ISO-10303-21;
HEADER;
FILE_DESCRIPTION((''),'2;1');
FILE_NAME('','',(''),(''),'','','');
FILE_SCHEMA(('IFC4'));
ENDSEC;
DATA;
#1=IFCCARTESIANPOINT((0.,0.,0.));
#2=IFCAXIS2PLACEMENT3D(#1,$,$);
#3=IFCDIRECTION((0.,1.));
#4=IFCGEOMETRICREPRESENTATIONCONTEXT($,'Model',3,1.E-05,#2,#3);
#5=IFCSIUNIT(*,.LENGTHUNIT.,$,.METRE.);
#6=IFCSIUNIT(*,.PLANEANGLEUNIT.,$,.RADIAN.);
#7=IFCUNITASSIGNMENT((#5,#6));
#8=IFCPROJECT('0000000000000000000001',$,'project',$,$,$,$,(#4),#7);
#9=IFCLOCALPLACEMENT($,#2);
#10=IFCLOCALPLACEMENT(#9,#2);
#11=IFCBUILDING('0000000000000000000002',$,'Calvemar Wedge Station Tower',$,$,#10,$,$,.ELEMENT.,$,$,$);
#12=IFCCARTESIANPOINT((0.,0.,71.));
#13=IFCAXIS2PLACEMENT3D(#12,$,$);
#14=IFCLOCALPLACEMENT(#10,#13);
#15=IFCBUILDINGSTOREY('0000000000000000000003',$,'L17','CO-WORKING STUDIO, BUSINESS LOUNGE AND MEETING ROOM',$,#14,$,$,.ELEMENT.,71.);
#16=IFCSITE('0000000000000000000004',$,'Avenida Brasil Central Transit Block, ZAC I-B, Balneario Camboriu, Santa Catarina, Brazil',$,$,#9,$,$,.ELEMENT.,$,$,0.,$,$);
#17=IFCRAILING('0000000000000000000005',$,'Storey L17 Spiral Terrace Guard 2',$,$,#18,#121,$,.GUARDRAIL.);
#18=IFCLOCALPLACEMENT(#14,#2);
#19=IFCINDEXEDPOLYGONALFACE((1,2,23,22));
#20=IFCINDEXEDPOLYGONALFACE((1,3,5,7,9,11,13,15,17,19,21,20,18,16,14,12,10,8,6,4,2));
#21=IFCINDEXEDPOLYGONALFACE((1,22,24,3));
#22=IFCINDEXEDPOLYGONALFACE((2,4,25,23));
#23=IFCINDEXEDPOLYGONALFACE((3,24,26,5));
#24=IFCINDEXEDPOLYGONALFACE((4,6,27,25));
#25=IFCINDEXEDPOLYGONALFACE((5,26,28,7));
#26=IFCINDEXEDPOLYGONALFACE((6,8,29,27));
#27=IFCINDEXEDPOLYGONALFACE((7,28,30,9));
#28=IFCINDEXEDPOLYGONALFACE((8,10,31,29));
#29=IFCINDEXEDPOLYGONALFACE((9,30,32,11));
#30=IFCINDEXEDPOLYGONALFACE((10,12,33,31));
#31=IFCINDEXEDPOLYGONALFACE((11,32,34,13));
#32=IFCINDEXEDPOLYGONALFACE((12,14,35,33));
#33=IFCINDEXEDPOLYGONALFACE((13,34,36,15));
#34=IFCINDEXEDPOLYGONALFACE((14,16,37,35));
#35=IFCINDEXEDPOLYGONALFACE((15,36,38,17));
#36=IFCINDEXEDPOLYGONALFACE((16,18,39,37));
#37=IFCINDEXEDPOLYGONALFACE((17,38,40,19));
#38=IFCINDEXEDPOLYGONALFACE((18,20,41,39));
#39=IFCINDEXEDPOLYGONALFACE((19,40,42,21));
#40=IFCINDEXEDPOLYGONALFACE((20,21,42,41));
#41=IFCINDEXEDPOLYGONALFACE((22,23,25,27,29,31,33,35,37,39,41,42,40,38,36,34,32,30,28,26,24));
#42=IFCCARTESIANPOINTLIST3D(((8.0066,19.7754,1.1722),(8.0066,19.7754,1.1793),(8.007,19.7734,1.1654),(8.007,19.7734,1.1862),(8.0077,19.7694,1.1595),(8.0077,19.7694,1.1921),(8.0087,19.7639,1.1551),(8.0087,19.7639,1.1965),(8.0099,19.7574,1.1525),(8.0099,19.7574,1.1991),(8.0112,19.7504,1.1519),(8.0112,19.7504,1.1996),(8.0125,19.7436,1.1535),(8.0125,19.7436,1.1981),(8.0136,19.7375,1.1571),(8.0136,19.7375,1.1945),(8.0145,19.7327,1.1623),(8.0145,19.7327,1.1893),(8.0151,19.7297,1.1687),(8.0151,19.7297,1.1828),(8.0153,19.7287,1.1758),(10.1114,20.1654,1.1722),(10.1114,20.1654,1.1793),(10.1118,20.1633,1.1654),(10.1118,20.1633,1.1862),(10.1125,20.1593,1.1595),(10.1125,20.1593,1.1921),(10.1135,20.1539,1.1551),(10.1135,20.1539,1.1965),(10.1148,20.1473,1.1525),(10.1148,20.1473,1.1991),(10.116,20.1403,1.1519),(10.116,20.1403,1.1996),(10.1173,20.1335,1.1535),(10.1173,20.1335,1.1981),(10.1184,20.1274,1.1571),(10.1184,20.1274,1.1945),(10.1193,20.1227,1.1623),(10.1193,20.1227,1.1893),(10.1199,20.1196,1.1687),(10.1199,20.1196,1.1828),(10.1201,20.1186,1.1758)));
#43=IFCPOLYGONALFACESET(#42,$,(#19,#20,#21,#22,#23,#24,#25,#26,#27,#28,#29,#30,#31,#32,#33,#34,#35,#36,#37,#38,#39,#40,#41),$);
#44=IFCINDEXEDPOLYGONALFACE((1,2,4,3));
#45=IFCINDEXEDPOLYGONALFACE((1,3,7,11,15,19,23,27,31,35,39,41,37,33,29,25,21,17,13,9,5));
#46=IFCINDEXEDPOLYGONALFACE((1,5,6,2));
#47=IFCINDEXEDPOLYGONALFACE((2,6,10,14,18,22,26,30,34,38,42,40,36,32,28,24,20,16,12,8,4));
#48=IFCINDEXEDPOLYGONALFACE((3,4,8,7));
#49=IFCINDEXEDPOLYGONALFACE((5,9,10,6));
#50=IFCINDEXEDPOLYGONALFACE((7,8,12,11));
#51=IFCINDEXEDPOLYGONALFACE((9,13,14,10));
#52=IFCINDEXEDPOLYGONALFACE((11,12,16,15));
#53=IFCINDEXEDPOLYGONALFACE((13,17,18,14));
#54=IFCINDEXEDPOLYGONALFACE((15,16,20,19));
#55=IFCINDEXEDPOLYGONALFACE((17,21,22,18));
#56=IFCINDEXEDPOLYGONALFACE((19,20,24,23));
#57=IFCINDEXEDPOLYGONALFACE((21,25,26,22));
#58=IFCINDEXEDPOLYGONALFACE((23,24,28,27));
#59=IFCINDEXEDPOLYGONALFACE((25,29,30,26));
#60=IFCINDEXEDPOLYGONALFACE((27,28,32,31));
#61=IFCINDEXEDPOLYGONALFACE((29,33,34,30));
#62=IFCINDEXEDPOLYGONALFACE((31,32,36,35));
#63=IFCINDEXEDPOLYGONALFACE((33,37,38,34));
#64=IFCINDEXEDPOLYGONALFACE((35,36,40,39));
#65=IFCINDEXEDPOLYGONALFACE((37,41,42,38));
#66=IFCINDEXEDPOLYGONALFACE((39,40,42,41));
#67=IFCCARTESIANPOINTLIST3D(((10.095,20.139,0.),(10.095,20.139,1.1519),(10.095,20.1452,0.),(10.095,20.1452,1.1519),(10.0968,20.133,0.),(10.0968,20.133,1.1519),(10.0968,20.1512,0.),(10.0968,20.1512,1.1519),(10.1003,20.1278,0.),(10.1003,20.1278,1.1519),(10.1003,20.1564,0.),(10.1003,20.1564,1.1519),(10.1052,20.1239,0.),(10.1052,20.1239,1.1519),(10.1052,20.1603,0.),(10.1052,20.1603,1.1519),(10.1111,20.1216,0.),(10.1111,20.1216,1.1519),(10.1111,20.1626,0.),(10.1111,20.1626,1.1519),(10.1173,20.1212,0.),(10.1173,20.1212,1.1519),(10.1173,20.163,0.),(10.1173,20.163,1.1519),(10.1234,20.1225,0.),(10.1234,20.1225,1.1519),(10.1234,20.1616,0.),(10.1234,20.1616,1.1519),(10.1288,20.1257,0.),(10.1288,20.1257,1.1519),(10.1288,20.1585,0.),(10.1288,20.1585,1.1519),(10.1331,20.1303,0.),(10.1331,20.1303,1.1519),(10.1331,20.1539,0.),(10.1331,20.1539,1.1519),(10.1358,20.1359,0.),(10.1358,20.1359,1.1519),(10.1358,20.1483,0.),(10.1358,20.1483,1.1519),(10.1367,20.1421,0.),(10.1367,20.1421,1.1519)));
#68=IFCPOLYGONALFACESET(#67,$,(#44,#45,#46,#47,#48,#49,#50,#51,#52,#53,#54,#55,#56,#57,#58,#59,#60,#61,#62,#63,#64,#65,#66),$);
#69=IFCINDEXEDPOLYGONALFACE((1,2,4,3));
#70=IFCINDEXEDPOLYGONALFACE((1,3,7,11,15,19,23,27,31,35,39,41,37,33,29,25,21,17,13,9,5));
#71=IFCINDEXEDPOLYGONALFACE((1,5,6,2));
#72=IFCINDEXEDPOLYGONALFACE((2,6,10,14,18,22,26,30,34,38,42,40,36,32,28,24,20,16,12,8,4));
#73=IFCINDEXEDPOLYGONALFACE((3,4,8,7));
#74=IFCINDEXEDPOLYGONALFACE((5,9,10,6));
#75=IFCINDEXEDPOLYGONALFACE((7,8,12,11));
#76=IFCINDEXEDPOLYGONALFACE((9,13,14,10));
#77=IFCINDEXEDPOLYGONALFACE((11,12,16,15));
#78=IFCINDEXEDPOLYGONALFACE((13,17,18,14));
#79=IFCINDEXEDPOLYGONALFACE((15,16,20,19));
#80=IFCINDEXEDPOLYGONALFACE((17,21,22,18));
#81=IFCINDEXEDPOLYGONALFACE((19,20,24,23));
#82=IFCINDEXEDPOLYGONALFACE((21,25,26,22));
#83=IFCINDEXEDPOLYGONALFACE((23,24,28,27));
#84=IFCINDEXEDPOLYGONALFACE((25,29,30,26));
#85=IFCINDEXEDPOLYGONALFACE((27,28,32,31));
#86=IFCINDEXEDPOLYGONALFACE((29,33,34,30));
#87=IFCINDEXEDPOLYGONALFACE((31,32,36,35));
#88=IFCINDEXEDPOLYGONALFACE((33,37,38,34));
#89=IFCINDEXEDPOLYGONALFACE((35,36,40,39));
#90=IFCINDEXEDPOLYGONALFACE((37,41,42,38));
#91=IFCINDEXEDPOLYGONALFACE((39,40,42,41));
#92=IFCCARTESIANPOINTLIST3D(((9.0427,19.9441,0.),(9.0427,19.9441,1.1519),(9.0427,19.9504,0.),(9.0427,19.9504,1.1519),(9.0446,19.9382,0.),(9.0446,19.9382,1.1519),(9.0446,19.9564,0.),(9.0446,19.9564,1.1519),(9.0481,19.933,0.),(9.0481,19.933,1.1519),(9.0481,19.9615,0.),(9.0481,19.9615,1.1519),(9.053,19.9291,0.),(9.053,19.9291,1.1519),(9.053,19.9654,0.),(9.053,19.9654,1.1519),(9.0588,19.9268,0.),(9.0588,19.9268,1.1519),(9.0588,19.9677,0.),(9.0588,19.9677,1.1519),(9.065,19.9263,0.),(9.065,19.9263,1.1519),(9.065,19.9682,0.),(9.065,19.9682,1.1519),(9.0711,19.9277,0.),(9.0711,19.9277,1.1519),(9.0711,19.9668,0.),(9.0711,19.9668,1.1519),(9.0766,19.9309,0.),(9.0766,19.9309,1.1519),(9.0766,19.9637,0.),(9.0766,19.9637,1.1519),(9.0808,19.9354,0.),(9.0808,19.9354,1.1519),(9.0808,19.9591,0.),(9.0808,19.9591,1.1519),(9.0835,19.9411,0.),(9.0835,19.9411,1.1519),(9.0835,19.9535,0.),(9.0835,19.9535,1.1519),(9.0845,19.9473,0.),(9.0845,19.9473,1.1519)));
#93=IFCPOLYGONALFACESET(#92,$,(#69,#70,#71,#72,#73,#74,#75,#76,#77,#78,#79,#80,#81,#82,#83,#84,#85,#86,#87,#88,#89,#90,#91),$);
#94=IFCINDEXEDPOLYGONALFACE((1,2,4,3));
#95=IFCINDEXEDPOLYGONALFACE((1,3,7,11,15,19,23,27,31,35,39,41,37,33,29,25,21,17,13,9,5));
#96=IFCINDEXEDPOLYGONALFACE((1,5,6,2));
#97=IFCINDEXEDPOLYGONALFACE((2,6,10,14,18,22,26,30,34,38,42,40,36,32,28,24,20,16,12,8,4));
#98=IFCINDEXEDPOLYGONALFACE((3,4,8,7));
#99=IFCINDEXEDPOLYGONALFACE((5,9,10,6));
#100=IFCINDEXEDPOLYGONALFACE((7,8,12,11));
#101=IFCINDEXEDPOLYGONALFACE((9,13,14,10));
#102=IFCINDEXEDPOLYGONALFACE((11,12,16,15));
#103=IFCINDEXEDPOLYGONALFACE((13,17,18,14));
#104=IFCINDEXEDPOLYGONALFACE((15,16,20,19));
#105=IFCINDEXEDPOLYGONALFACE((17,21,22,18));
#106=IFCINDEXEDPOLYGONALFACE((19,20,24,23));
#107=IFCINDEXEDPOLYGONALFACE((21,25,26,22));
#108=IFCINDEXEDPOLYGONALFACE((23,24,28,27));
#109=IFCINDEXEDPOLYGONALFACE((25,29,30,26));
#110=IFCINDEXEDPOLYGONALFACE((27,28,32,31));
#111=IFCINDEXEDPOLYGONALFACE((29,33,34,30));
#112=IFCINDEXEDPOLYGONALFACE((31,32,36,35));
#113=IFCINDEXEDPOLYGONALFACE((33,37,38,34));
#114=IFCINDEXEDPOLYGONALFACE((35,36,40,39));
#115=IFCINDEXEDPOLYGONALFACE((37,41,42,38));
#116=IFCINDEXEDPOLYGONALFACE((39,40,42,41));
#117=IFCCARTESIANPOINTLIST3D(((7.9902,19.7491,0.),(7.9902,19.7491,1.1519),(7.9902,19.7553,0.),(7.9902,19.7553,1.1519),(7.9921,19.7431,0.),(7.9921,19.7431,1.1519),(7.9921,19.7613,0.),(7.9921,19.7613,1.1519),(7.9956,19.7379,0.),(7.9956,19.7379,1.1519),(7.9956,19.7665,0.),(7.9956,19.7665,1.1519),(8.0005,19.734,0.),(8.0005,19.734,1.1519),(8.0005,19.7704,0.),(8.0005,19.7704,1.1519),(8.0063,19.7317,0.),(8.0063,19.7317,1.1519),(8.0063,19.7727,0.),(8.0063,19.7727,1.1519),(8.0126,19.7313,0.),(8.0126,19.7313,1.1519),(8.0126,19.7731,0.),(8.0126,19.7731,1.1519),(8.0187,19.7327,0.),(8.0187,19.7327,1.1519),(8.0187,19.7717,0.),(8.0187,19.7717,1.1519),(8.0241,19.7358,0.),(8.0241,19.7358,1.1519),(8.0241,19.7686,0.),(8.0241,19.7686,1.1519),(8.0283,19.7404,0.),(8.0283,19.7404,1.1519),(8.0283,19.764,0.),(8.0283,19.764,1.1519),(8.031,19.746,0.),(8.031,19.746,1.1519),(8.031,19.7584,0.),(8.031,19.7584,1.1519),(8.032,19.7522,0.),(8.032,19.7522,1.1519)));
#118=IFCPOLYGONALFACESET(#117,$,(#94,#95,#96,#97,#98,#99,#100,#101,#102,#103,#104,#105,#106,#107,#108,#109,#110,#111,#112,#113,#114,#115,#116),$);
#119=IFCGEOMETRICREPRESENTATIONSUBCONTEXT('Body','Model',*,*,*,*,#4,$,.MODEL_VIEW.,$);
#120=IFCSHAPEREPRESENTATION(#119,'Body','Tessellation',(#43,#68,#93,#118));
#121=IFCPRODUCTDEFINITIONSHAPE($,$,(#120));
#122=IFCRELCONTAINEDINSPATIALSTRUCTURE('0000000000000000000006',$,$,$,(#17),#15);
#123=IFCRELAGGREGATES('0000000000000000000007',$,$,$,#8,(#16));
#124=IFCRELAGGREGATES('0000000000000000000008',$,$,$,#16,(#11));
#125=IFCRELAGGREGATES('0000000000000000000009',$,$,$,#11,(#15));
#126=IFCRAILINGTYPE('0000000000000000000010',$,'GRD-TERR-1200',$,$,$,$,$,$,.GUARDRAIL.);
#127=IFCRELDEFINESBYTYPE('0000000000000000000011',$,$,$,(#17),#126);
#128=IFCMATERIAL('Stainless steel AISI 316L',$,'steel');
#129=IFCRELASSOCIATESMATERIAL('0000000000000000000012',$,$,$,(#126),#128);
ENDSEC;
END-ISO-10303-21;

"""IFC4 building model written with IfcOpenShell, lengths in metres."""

from ifc_helpers import new_model, si_unit, direction, frame, origin, origin_2d, place, context, subcontext, project, spatial, circle, extrude, material, type_object, element, save


model = new_model("IFC4")

# Units and contexts
model_context = context("Model", 3, precision=1e-05, world=origin(), true_north=direction((0.0, 1.0)))
body_context = subcontext(model_context, "Body", "Model", "MODEL_VIEW")
ifc_project = project(units=[si_unit("LENGTHUNIT", "METRE"), si_unit("PLANEANGLEUNIT", "RADIAN")], contexts=[model_context])

# Site, building, storey
site_placement = place(None, origin())
site = spatial("IfcSite", under=ifc_project, at=site_placement, Name="Avenida Brasil Central Transit Block, ZAC I-B, Balneario Camboriu, Santa Catarina, Brazil", CompositionType="ELEMENT", RefElevation=0.0)
building_placement = place(site_placement, origin())
building = spatial("IfcBuilding", under=site, at=building_placement, Name="Calvemar Wedge Station Tower", CompositionType="ELEMENT")
storey_placement = place(building_placement, frame((0.0, 0.0, 71.0)))
storey = spatial("IfcBuildingStorey", under=building, at=storey_placement, Name="L17", Description="CO-WORKING STUDIO, BUSINESS LOUNGE AND MEETING ROOM", CompositionType="ELEMENT", Elevation=71.0)

# Railing
ifc_material_1 = material(Name="Stainless steel AISI 316L", Category="steel")
railing_type = type_object("IfcRailingType", Name="GRD-TERR-1200", PredefinedType="GUARDRAIL", material=ifc_material_1)
railing_1_placement = place(storey_placement, frame((10.1157, 20.1421, 0.0)))
element("IfcRailing", 1, at=railing_1_placement, inside=storey, type_object=railing_type, Name="Storey L17 Spiral Terrace Guard 2", PredefinedType="GUARDRAIL", context=body_context, shape_type="SweptSolid", body=[
    extrude(circle(Radius=0.0239, at=origin_2d()), frame((0.0, 0.0, 1.1758), z_axis=(-0.983271, -0.182146, 0.0), x_axis=(0.182146, -0.983271, 0.0)), (0.0, 0.0, 1.0), 2.1406),
    extrude(circle(Radius=0.021, at=origin_2d()), origin(), (0.0, 0.0, 1.0), 1.1519),
    extrude(circle(Radius=0.021, at=origin_2d()), frame((-1.0522, -0.1948, 0.0)), (0.0, 0.0, 1.0), 1.1519),
    extrude(circle(Radius=0.021, at=origin_2d()), frame((-2.1047, -0.3899, 0.0)), (0.0, 0.0, 1.0), 1.1519),
])

save(model, "model.ifc")
